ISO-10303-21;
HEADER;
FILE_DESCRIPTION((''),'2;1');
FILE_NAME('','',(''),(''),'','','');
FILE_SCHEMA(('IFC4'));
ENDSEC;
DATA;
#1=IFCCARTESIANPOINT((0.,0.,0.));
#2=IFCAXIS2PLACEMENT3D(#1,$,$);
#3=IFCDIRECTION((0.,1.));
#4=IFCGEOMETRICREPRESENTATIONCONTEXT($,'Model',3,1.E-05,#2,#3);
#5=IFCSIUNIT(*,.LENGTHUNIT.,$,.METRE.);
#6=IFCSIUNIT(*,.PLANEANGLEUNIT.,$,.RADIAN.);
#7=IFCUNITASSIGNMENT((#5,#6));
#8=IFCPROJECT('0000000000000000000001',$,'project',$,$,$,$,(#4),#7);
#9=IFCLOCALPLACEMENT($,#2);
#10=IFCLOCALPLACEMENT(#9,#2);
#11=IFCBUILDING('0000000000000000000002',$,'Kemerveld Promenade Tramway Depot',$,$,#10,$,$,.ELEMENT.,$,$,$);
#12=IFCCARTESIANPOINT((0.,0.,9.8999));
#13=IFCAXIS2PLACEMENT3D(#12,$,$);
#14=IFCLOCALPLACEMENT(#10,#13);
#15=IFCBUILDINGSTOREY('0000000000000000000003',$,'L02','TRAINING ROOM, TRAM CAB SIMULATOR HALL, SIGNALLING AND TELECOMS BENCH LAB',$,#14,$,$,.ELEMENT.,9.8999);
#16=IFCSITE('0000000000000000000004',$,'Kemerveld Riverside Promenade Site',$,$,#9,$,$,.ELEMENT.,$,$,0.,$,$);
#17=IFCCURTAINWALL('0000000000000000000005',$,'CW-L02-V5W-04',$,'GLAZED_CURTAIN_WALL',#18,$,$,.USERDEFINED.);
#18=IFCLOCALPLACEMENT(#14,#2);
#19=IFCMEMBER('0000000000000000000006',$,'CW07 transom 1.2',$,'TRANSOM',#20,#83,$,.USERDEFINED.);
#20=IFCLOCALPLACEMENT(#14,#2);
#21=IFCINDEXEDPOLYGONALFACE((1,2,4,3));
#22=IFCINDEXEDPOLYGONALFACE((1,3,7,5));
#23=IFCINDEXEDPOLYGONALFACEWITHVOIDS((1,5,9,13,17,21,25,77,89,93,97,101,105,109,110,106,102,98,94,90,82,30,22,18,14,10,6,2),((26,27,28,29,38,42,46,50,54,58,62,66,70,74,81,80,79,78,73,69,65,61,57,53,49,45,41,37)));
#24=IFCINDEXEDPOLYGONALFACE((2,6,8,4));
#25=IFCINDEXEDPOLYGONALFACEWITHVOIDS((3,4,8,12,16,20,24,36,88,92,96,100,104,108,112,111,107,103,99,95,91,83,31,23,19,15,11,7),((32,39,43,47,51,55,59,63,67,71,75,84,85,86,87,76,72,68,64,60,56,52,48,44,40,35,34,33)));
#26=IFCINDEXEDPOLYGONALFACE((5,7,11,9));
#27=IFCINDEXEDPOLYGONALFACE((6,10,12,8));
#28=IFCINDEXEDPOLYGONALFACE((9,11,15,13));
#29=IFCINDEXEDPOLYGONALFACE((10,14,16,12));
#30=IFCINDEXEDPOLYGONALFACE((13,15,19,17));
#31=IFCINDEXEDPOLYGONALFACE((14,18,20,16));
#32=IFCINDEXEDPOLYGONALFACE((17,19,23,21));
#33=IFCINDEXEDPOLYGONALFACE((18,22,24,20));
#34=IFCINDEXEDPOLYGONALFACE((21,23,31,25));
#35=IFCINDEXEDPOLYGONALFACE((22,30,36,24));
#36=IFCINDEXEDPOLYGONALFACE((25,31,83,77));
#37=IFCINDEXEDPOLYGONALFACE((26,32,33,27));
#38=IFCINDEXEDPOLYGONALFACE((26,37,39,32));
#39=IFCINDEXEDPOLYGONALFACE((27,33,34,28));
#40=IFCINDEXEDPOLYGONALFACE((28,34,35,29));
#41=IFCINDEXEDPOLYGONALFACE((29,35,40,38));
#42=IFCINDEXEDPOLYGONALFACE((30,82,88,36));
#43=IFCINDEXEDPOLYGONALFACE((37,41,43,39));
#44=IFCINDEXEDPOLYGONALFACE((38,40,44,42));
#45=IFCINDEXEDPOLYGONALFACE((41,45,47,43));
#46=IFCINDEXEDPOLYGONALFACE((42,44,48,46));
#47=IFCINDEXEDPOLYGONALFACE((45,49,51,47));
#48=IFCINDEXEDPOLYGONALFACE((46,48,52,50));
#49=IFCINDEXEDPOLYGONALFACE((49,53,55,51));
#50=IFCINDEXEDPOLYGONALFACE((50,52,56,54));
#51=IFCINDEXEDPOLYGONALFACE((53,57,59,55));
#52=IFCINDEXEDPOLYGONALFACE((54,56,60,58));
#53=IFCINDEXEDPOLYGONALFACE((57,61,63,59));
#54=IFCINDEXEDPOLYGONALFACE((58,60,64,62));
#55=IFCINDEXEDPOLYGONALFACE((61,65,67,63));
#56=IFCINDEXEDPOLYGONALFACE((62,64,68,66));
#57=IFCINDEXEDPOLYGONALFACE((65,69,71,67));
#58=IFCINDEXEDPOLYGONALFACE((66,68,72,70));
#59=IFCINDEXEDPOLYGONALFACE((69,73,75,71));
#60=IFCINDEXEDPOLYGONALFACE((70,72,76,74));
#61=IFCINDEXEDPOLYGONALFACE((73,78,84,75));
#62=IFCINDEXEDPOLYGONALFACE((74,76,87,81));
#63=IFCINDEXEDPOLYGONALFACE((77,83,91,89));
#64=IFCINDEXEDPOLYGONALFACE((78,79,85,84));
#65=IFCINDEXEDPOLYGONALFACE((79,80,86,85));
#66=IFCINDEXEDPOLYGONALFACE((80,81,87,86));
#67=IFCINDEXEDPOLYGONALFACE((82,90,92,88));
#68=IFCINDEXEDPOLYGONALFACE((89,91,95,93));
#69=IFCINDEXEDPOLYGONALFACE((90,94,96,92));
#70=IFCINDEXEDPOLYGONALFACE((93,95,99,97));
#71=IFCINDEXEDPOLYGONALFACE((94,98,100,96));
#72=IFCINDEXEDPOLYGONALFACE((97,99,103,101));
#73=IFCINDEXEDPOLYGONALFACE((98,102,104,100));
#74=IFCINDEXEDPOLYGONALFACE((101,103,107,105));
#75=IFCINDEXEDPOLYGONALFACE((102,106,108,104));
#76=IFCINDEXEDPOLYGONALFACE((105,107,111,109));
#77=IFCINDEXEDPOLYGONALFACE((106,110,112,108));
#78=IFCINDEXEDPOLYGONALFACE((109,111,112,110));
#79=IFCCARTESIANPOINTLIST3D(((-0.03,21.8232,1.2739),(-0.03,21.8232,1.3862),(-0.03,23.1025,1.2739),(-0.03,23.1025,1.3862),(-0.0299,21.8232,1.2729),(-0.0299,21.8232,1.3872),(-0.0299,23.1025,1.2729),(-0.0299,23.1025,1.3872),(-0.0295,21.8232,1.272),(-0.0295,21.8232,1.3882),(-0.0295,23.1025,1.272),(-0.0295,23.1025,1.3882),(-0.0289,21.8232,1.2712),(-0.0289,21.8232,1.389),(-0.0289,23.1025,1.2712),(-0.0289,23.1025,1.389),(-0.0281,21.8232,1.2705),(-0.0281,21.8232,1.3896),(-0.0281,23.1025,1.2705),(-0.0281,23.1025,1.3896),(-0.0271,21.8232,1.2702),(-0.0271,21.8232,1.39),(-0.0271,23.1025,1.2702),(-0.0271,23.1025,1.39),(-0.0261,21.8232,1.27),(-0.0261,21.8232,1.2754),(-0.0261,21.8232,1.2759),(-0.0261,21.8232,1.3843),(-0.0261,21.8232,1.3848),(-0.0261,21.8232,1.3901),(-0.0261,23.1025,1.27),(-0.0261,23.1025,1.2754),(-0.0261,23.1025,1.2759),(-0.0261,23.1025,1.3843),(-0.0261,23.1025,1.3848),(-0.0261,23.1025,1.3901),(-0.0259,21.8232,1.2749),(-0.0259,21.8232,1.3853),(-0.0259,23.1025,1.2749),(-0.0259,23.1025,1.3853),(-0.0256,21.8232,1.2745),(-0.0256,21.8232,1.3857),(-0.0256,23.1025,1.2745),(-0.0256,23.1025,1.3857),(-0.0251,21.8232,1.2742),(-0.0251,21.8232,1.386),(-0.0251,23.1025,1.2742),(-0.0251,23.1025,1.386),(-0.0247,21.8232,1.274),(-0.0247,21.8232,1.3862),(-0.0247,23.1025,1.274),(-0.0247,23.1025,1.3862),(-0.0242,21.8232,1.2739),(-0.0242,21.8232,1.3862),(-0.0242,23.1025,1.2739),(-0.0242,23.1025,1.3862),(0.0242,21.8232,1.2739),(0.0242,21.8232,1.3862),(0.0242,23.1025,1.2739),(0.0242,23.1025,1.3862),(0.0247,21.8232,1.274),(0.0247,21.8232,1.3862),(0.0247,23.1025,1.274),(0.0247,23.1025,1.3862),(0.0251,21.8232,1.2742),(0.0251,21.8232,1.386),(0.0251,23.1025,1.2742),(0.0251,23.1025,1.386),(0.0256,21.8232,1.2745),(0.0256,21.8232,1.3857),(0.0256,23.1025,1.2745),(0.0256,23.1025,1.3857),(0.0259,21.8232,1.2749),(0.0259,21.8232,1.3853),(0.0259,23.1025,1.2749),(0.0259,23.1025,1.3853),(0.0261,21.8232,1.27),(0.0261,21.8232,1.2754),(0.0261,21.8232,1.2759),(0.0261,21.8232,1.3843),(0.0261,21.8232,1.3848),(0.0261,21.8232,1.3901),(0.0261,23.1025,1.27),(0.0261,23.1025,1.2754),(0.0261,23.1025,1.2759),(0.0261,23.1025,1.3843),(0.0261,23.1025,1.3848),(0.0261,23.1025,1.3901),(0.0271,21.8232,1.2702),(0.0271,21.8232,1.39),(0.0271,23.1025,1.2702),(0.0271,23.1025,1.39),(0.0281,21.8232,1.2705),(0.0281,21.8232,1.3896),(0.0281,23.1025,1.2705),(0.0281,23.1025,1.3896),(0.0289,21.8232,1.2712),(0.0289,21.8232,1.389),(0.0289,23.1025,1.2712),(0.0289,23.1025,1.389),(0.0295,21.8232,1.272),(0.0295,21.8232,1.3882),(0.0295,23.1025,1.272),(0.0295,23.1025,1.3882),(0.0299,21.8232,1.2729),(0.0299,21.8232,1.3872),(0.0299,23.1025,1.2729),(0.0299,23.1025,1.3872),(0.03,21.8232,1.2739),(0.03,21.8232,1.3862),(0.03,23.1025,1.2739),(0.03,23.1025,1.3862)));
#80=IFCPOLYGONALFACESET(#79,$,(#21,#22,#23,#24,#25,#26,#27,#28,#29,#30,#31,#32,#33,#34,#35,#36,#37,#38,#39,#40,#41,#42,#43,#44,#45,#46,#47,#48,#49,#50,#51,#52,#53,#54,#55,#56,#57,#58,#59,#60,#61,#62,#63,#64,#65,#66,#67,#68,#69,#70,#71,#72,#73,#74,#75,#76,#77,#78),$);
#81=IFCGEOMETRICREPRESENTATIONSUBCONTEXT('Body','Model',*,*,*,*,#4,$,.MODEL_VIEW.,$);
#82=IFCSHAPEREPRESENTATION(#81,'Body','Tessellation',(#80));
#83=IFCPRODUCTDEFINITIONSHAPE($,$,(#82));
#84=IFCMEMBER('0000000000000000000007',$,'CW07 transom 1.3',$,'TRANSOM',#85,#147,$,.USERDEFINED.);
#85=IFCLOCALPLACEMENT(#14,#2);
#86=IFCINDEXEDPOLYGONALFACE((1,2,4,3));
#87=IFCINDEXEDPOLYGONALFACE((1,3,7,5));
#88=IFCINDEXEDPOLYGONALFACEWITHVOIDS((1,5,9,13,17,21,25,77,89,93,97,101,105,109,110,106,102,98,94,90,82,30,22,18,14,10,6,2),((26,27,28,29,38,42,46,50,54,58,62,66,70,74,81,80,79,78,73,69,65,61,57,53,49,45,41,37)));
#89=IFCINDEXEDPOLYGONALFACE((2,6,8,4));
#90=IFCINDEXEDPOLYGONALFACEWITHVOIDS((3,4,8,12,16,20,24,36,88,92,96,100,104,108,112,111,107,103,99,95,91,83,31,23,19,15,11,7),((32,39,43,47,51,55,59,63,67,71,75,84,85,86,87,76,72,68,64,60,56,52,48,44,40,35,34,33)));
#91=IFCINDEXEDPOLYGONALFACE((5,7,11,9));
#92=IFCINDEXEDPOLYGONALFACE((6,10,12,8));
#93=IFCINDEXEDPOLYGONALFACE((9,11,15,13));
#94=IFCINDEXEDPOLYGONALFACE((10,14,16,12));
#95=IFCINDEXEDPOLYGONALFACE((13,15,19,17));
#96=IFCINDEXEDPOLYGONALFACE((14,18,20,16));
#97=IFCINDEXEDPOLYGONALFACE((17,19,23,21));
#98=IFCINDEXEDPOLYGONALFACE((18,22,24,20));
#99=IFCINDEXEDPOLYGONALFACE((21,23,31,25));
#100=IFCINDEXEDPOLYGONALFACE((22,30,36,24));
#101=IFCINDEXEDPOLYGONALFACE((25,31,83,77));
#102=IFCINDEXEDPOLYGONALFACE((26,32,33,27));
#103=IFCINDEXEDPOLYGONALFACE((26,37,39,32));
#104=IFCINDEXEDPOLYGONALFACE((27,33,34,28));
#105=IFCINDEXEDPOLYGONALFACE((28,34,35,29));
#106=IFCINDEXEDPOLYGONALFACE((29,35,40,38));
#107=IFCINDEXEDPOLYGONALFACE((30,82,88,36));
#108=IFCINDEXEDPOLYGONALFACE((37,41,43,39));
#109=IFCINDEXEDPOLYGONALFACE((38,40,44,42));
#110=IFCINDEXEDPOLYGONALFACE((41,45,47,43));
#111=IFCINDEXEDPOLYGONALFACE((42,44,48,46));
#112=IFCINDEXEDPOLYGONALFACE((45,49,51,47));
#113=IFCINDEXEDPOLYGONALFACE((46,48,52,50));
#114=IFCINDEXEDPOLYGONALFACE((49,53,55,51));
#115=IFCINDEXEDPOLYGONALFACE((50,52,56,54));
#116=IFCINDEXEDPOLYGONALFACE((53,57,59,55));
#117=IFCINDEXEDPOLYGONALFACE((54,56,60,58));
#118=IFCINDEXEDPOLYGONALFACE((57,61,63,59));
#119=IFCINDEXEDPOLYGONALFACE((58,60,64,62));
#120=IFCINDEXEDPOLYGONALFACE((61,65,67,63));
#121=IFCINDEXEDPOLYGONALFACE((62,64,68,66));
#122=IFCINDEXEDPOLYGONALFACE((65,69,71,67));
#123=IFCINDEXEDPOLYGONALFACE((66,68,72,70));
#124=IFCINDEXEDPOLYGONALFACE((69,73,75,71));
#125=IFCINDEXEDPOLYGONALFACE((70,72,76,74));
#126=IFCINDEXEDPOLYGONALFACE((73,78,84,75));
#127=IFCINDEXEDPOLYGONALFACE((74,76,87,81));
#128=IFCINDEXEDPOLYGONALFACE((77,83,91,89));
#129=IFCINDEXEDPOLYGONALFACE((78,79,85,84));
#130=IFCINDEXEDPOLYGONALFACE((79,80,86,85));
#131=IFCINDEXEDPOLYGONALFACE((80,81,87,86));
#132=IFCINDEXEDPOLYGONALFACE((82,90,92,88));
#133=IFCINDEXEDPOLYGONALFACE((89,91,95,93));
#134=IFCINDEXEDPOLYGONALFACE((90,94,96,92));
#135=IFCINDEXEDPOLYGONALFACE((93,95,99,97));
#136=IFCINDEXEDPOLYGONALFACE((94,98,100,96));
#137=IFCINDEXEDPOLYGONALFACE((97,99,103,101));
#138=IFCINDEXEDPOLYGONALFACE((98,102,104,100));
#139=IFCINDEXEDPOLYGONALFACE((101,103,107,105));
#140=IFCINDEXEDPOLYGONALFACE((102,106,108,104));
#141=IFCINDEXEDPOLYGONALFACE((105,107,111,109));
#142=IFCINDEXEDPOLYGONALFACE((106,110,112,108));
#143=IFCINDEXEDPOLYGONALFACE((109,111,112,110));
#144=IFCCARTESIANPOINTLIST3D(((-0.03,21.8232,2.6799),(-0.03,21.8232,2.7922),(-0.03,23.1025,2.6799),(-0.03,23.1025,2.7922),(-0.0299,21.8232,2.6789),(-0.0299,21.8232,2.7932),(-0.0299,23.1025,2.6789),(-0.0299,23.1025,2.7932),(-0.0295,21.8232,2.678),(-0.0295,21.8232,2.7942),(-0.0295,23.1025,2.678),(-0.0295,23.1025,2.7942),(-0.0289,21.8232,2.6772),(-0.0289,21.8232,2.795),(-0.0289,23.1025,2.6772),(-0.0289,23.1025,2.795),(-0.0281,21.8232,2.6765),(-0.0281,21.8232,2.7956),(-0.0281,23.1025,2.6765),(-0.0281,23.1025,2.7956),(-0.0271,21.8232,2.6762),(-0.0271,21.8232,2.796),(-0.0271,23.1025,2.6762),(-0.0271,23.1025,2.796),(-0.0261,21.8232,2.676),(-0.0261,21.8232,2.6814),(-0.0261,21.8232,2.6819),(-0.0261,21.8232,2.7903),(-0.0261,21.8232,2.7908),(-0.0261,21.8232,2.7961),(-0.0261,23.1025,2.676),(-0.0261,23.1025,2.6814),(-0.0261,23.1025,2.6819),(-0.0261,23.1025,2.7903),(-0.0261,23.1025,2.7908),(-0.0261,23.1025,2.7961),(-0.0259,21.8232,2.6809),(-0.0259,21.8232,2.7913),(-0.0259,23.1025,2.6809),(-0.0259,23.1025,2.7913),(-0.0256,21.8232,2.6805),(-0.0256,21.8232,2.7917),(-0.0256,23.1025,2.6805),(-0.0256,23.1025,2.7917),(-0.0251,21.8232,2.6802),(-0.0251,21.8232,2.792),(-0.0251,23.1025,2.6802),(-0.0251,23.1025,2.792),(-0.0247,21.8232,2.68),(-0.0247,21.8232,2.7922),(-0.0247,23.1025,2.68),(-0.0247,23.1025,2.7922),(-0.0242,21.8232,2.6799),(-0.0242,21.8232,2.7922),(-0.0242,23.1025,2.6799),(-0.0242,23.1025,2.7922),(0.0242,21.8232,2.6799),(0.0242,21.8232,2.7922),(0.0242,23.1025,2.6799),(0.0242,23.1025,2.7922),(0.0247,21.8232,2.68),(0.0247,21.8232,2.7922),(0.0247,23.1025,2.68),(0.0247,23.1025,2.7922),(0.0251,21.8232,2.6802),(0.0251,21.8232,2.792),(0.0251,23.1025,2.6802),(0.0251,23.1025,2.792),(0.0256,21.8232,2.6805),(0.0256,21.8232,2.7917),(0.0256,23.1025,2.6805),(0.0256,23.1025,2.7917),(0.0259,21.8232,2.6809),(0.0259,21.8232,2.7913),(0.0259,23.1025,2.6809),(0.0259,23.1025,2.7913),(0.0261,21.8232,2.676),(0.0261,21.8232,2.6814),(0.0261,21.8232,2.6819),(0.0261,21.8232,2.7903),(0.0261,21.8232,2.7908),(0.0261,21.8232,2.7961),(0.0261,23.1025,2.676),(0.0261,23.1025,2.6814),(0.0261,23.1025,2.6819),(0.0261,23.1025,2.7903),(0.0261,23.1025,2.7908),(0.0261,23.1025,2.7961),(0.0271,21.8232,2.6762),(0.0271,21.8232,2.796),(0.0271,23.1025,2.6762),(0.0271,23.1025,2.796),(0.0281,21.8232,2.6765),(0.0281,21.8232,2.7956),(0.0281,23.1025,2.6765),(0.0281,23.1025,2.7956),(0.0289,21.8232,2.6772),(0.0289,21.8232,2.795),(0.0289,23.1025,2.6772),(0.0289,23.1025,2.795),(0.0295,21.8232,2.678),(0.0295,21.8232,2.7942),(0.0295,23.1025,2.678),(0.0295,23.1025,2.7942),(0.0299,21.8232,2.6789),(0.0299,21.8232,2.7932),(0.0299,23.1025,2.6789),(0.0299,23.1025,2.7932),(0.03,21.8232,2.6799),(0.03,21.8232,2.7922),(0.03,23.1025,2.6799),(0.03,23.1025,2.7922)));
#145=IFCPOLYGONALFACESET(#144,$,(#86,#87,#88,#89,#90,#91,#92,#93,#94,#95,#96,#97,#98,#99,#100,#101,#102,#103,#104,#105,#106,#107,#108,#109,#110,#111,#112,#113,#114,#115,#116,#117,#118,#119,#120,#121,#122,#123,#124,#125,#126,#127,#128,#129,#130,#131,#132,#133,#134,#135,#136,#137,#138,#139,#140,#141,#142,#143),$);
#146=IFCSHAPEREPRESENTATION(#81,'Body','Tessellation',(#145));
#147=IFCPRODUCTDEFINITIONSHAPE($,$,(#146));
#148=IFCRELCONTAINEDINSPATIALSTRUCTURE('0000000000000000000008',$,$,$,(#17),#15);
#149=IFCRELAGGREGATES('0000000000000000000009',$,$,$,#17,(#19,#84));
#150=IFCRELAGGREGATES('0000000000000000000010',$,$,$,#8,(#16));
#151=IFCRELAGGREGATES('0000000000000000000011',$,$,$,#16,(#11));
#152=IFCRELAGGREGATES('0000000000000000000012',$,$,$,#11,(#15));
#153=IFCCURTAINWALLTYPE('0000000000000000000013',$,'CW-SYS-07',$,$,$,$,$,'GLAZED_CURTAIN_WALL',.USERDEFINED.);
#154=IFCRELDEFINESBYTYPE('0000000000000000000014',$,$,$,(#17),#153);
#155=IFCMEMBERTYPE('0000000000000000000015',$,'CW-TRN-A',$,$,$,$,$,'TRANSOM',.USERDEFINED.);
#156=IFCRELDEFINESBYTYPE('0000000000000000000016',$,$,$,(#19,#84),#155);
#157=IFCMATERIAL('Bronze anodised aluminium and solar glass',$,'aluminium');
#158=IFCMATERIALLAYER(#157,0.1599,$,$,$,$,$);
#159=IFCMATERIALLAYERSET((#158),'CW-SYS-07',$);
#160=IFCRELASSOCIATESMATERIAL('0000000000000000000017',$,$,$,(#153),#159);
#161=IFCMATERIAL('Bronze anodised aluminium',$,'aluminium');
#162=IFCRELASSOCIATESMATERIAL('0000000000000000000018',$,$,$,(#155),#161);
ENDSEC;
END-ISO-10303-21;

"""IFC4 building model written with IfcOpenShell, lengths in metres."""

from ifc_helpers import new_model, si_unit, direction, frame, origin, origin_2d, place, context, subcontext, project, spatial, hollow_rectangle, extrude, material, layer, layer_set, material_profile, profile_set, type_object, element, aggregate, save


model = new_model("IFC4")

# Units and contexts
model_context = context("Model", 3, precision=1e-05, world=origin(), true_north=direction((0.0, 1.0)))
body_context = subcontext(model_context, "Body", "Model", "MODEL_VIEW")
ifc_project = project(units=[si_unit("LENGTHUNIT", "METRE"), si_unit("PLANEANGLEUNIT", "RADIAN")], contexts=[model_context])

# Site, building, storey
site_placement = place(None, origin())
site = spatial("IfcSite", under=ifc_project, at=site_placement, Name="Kemerveld Riverside Promenade Site", CompositionType="ELEMENT", RefElevation=0.0)
building_placement = place(site_placement, origin())
building = spatial("IfcBuilding", under=site, at=building_placement, Name="Kemerveld Promenade Tramway Depot", CompositionType="ELEMENT")
storey_placement = place(building_placement, frame((0.0, 0.0, 9.8999)))
storey = spatial("IfcBuildingStorey", under=building, at=storey_placement, Name="L02", Description="TRAINING ROOM, TRAM CAB SIMULATOR HALL, SIGNALLING AND TELECOMS BENCH LAB", CompositionType="ELEMENT", Elevation=9.8999)

# Curtain wall, members
ifc_material_1 = material(Name="Bronze anodised aluminium and solar glass", Category="aluminium")
ifc_layer_1 = layer(ifc_material_1, 0.1599)
ifc_layer_set_1 = layer_set([ifc_layer_1], Name="CW-SYS-07")
curtain_wall_type = type_object("IfcCurtainWallType", Name="CW-SYS-07", ElementType="GLAZED_CURTAIN_WALL", PredefinedType="USERDEFINED", material=ifc_layer_set_1)
curtain_wall_placement = place(storey_placement, origin())
curtain_wall = element("IfcCurtainWall", 1, at=curtain_wall_placement, inside=storey, type_object=curtain_wall_type, Name="CW-L02-V5W-04", ObjectType="GLAZED_CURTAIN_WALL", PredefinedType="USERDEFINED")
ifc_material_2 = material(Name="Bronze anodised aluminium", Category="aluminium")
ifc_material_profile_1 = material_profile(ifc_material_2, hollow_rectangle(XDim=0.0601, YDim=0.1201, WallThickness=0.0039, InnerFilletRadius=0.002, OuterFilletRadius=0.0039, at=origin_2d()), Name="CW-TRN-120x60")
ifc_profile_set_1 = profile_set([ifc_material_profile_1], Name="Bronze anodised aluminium")
member_type_1 = type_object("IfcMemberType", Name="CW-TRN-A", ElementType="TRANSOM", PredefinedType="USERDEFINED", material=ifc_profile_set_1)
member_1_placement = place(storey_placement, frame((0.0, 21.8232, 1.3301), z_axis=(0.0, 1.0, 0.0), x_axis=(-1.0, 0.0, 0.0)))
member_1 = element("IfcMember", 2, at=member_1_placement, type_object=member_type_1, Name="CW07 transom 1.2", ObjectType="TRANSOM", PredefinedType="USERDEFINED", context=body_context, shape_type="SweptSolid", body=[
    extrude(hollow_rectangle(XDim=0.0601, YDim=0.1201, WallThickness=0.0039, InnerFilletRadius=0.002, OuterFilletRadius=0.0039, at=origin_2d()), origin(), (0.0, 0.0, 1.0), 1.2793),
])
member_2_placement = place(storey_placement, frame((0.0, 21.8232, 2.7361), z_axis=(0.0, 1.0, 0.0), x_axis=(-1.0, 0.0, 0.0)))
member_2 = element("IfcMember", 3, at=member_2_placement, type_object=member_type_1, Name="CW07 transom 1.3", ObjectType="TRANSOM", PredefinedType="USERDEFINED", context=body_context, shape_type="SweptSolid", body=[
    extrude(hollow_rectangle(XDim=0.0601, YDim=0.1201, WallThickness=0.0039, InnerFilletRadius=0.002, OuterFilletRadius=0.0039, at=origin_2d()), origin(), (0.0, 0.0, 1.0), 1.2793),
])
aggregate(curtain_wall, [member_1, member_2])

save(model, "model.ifc")
